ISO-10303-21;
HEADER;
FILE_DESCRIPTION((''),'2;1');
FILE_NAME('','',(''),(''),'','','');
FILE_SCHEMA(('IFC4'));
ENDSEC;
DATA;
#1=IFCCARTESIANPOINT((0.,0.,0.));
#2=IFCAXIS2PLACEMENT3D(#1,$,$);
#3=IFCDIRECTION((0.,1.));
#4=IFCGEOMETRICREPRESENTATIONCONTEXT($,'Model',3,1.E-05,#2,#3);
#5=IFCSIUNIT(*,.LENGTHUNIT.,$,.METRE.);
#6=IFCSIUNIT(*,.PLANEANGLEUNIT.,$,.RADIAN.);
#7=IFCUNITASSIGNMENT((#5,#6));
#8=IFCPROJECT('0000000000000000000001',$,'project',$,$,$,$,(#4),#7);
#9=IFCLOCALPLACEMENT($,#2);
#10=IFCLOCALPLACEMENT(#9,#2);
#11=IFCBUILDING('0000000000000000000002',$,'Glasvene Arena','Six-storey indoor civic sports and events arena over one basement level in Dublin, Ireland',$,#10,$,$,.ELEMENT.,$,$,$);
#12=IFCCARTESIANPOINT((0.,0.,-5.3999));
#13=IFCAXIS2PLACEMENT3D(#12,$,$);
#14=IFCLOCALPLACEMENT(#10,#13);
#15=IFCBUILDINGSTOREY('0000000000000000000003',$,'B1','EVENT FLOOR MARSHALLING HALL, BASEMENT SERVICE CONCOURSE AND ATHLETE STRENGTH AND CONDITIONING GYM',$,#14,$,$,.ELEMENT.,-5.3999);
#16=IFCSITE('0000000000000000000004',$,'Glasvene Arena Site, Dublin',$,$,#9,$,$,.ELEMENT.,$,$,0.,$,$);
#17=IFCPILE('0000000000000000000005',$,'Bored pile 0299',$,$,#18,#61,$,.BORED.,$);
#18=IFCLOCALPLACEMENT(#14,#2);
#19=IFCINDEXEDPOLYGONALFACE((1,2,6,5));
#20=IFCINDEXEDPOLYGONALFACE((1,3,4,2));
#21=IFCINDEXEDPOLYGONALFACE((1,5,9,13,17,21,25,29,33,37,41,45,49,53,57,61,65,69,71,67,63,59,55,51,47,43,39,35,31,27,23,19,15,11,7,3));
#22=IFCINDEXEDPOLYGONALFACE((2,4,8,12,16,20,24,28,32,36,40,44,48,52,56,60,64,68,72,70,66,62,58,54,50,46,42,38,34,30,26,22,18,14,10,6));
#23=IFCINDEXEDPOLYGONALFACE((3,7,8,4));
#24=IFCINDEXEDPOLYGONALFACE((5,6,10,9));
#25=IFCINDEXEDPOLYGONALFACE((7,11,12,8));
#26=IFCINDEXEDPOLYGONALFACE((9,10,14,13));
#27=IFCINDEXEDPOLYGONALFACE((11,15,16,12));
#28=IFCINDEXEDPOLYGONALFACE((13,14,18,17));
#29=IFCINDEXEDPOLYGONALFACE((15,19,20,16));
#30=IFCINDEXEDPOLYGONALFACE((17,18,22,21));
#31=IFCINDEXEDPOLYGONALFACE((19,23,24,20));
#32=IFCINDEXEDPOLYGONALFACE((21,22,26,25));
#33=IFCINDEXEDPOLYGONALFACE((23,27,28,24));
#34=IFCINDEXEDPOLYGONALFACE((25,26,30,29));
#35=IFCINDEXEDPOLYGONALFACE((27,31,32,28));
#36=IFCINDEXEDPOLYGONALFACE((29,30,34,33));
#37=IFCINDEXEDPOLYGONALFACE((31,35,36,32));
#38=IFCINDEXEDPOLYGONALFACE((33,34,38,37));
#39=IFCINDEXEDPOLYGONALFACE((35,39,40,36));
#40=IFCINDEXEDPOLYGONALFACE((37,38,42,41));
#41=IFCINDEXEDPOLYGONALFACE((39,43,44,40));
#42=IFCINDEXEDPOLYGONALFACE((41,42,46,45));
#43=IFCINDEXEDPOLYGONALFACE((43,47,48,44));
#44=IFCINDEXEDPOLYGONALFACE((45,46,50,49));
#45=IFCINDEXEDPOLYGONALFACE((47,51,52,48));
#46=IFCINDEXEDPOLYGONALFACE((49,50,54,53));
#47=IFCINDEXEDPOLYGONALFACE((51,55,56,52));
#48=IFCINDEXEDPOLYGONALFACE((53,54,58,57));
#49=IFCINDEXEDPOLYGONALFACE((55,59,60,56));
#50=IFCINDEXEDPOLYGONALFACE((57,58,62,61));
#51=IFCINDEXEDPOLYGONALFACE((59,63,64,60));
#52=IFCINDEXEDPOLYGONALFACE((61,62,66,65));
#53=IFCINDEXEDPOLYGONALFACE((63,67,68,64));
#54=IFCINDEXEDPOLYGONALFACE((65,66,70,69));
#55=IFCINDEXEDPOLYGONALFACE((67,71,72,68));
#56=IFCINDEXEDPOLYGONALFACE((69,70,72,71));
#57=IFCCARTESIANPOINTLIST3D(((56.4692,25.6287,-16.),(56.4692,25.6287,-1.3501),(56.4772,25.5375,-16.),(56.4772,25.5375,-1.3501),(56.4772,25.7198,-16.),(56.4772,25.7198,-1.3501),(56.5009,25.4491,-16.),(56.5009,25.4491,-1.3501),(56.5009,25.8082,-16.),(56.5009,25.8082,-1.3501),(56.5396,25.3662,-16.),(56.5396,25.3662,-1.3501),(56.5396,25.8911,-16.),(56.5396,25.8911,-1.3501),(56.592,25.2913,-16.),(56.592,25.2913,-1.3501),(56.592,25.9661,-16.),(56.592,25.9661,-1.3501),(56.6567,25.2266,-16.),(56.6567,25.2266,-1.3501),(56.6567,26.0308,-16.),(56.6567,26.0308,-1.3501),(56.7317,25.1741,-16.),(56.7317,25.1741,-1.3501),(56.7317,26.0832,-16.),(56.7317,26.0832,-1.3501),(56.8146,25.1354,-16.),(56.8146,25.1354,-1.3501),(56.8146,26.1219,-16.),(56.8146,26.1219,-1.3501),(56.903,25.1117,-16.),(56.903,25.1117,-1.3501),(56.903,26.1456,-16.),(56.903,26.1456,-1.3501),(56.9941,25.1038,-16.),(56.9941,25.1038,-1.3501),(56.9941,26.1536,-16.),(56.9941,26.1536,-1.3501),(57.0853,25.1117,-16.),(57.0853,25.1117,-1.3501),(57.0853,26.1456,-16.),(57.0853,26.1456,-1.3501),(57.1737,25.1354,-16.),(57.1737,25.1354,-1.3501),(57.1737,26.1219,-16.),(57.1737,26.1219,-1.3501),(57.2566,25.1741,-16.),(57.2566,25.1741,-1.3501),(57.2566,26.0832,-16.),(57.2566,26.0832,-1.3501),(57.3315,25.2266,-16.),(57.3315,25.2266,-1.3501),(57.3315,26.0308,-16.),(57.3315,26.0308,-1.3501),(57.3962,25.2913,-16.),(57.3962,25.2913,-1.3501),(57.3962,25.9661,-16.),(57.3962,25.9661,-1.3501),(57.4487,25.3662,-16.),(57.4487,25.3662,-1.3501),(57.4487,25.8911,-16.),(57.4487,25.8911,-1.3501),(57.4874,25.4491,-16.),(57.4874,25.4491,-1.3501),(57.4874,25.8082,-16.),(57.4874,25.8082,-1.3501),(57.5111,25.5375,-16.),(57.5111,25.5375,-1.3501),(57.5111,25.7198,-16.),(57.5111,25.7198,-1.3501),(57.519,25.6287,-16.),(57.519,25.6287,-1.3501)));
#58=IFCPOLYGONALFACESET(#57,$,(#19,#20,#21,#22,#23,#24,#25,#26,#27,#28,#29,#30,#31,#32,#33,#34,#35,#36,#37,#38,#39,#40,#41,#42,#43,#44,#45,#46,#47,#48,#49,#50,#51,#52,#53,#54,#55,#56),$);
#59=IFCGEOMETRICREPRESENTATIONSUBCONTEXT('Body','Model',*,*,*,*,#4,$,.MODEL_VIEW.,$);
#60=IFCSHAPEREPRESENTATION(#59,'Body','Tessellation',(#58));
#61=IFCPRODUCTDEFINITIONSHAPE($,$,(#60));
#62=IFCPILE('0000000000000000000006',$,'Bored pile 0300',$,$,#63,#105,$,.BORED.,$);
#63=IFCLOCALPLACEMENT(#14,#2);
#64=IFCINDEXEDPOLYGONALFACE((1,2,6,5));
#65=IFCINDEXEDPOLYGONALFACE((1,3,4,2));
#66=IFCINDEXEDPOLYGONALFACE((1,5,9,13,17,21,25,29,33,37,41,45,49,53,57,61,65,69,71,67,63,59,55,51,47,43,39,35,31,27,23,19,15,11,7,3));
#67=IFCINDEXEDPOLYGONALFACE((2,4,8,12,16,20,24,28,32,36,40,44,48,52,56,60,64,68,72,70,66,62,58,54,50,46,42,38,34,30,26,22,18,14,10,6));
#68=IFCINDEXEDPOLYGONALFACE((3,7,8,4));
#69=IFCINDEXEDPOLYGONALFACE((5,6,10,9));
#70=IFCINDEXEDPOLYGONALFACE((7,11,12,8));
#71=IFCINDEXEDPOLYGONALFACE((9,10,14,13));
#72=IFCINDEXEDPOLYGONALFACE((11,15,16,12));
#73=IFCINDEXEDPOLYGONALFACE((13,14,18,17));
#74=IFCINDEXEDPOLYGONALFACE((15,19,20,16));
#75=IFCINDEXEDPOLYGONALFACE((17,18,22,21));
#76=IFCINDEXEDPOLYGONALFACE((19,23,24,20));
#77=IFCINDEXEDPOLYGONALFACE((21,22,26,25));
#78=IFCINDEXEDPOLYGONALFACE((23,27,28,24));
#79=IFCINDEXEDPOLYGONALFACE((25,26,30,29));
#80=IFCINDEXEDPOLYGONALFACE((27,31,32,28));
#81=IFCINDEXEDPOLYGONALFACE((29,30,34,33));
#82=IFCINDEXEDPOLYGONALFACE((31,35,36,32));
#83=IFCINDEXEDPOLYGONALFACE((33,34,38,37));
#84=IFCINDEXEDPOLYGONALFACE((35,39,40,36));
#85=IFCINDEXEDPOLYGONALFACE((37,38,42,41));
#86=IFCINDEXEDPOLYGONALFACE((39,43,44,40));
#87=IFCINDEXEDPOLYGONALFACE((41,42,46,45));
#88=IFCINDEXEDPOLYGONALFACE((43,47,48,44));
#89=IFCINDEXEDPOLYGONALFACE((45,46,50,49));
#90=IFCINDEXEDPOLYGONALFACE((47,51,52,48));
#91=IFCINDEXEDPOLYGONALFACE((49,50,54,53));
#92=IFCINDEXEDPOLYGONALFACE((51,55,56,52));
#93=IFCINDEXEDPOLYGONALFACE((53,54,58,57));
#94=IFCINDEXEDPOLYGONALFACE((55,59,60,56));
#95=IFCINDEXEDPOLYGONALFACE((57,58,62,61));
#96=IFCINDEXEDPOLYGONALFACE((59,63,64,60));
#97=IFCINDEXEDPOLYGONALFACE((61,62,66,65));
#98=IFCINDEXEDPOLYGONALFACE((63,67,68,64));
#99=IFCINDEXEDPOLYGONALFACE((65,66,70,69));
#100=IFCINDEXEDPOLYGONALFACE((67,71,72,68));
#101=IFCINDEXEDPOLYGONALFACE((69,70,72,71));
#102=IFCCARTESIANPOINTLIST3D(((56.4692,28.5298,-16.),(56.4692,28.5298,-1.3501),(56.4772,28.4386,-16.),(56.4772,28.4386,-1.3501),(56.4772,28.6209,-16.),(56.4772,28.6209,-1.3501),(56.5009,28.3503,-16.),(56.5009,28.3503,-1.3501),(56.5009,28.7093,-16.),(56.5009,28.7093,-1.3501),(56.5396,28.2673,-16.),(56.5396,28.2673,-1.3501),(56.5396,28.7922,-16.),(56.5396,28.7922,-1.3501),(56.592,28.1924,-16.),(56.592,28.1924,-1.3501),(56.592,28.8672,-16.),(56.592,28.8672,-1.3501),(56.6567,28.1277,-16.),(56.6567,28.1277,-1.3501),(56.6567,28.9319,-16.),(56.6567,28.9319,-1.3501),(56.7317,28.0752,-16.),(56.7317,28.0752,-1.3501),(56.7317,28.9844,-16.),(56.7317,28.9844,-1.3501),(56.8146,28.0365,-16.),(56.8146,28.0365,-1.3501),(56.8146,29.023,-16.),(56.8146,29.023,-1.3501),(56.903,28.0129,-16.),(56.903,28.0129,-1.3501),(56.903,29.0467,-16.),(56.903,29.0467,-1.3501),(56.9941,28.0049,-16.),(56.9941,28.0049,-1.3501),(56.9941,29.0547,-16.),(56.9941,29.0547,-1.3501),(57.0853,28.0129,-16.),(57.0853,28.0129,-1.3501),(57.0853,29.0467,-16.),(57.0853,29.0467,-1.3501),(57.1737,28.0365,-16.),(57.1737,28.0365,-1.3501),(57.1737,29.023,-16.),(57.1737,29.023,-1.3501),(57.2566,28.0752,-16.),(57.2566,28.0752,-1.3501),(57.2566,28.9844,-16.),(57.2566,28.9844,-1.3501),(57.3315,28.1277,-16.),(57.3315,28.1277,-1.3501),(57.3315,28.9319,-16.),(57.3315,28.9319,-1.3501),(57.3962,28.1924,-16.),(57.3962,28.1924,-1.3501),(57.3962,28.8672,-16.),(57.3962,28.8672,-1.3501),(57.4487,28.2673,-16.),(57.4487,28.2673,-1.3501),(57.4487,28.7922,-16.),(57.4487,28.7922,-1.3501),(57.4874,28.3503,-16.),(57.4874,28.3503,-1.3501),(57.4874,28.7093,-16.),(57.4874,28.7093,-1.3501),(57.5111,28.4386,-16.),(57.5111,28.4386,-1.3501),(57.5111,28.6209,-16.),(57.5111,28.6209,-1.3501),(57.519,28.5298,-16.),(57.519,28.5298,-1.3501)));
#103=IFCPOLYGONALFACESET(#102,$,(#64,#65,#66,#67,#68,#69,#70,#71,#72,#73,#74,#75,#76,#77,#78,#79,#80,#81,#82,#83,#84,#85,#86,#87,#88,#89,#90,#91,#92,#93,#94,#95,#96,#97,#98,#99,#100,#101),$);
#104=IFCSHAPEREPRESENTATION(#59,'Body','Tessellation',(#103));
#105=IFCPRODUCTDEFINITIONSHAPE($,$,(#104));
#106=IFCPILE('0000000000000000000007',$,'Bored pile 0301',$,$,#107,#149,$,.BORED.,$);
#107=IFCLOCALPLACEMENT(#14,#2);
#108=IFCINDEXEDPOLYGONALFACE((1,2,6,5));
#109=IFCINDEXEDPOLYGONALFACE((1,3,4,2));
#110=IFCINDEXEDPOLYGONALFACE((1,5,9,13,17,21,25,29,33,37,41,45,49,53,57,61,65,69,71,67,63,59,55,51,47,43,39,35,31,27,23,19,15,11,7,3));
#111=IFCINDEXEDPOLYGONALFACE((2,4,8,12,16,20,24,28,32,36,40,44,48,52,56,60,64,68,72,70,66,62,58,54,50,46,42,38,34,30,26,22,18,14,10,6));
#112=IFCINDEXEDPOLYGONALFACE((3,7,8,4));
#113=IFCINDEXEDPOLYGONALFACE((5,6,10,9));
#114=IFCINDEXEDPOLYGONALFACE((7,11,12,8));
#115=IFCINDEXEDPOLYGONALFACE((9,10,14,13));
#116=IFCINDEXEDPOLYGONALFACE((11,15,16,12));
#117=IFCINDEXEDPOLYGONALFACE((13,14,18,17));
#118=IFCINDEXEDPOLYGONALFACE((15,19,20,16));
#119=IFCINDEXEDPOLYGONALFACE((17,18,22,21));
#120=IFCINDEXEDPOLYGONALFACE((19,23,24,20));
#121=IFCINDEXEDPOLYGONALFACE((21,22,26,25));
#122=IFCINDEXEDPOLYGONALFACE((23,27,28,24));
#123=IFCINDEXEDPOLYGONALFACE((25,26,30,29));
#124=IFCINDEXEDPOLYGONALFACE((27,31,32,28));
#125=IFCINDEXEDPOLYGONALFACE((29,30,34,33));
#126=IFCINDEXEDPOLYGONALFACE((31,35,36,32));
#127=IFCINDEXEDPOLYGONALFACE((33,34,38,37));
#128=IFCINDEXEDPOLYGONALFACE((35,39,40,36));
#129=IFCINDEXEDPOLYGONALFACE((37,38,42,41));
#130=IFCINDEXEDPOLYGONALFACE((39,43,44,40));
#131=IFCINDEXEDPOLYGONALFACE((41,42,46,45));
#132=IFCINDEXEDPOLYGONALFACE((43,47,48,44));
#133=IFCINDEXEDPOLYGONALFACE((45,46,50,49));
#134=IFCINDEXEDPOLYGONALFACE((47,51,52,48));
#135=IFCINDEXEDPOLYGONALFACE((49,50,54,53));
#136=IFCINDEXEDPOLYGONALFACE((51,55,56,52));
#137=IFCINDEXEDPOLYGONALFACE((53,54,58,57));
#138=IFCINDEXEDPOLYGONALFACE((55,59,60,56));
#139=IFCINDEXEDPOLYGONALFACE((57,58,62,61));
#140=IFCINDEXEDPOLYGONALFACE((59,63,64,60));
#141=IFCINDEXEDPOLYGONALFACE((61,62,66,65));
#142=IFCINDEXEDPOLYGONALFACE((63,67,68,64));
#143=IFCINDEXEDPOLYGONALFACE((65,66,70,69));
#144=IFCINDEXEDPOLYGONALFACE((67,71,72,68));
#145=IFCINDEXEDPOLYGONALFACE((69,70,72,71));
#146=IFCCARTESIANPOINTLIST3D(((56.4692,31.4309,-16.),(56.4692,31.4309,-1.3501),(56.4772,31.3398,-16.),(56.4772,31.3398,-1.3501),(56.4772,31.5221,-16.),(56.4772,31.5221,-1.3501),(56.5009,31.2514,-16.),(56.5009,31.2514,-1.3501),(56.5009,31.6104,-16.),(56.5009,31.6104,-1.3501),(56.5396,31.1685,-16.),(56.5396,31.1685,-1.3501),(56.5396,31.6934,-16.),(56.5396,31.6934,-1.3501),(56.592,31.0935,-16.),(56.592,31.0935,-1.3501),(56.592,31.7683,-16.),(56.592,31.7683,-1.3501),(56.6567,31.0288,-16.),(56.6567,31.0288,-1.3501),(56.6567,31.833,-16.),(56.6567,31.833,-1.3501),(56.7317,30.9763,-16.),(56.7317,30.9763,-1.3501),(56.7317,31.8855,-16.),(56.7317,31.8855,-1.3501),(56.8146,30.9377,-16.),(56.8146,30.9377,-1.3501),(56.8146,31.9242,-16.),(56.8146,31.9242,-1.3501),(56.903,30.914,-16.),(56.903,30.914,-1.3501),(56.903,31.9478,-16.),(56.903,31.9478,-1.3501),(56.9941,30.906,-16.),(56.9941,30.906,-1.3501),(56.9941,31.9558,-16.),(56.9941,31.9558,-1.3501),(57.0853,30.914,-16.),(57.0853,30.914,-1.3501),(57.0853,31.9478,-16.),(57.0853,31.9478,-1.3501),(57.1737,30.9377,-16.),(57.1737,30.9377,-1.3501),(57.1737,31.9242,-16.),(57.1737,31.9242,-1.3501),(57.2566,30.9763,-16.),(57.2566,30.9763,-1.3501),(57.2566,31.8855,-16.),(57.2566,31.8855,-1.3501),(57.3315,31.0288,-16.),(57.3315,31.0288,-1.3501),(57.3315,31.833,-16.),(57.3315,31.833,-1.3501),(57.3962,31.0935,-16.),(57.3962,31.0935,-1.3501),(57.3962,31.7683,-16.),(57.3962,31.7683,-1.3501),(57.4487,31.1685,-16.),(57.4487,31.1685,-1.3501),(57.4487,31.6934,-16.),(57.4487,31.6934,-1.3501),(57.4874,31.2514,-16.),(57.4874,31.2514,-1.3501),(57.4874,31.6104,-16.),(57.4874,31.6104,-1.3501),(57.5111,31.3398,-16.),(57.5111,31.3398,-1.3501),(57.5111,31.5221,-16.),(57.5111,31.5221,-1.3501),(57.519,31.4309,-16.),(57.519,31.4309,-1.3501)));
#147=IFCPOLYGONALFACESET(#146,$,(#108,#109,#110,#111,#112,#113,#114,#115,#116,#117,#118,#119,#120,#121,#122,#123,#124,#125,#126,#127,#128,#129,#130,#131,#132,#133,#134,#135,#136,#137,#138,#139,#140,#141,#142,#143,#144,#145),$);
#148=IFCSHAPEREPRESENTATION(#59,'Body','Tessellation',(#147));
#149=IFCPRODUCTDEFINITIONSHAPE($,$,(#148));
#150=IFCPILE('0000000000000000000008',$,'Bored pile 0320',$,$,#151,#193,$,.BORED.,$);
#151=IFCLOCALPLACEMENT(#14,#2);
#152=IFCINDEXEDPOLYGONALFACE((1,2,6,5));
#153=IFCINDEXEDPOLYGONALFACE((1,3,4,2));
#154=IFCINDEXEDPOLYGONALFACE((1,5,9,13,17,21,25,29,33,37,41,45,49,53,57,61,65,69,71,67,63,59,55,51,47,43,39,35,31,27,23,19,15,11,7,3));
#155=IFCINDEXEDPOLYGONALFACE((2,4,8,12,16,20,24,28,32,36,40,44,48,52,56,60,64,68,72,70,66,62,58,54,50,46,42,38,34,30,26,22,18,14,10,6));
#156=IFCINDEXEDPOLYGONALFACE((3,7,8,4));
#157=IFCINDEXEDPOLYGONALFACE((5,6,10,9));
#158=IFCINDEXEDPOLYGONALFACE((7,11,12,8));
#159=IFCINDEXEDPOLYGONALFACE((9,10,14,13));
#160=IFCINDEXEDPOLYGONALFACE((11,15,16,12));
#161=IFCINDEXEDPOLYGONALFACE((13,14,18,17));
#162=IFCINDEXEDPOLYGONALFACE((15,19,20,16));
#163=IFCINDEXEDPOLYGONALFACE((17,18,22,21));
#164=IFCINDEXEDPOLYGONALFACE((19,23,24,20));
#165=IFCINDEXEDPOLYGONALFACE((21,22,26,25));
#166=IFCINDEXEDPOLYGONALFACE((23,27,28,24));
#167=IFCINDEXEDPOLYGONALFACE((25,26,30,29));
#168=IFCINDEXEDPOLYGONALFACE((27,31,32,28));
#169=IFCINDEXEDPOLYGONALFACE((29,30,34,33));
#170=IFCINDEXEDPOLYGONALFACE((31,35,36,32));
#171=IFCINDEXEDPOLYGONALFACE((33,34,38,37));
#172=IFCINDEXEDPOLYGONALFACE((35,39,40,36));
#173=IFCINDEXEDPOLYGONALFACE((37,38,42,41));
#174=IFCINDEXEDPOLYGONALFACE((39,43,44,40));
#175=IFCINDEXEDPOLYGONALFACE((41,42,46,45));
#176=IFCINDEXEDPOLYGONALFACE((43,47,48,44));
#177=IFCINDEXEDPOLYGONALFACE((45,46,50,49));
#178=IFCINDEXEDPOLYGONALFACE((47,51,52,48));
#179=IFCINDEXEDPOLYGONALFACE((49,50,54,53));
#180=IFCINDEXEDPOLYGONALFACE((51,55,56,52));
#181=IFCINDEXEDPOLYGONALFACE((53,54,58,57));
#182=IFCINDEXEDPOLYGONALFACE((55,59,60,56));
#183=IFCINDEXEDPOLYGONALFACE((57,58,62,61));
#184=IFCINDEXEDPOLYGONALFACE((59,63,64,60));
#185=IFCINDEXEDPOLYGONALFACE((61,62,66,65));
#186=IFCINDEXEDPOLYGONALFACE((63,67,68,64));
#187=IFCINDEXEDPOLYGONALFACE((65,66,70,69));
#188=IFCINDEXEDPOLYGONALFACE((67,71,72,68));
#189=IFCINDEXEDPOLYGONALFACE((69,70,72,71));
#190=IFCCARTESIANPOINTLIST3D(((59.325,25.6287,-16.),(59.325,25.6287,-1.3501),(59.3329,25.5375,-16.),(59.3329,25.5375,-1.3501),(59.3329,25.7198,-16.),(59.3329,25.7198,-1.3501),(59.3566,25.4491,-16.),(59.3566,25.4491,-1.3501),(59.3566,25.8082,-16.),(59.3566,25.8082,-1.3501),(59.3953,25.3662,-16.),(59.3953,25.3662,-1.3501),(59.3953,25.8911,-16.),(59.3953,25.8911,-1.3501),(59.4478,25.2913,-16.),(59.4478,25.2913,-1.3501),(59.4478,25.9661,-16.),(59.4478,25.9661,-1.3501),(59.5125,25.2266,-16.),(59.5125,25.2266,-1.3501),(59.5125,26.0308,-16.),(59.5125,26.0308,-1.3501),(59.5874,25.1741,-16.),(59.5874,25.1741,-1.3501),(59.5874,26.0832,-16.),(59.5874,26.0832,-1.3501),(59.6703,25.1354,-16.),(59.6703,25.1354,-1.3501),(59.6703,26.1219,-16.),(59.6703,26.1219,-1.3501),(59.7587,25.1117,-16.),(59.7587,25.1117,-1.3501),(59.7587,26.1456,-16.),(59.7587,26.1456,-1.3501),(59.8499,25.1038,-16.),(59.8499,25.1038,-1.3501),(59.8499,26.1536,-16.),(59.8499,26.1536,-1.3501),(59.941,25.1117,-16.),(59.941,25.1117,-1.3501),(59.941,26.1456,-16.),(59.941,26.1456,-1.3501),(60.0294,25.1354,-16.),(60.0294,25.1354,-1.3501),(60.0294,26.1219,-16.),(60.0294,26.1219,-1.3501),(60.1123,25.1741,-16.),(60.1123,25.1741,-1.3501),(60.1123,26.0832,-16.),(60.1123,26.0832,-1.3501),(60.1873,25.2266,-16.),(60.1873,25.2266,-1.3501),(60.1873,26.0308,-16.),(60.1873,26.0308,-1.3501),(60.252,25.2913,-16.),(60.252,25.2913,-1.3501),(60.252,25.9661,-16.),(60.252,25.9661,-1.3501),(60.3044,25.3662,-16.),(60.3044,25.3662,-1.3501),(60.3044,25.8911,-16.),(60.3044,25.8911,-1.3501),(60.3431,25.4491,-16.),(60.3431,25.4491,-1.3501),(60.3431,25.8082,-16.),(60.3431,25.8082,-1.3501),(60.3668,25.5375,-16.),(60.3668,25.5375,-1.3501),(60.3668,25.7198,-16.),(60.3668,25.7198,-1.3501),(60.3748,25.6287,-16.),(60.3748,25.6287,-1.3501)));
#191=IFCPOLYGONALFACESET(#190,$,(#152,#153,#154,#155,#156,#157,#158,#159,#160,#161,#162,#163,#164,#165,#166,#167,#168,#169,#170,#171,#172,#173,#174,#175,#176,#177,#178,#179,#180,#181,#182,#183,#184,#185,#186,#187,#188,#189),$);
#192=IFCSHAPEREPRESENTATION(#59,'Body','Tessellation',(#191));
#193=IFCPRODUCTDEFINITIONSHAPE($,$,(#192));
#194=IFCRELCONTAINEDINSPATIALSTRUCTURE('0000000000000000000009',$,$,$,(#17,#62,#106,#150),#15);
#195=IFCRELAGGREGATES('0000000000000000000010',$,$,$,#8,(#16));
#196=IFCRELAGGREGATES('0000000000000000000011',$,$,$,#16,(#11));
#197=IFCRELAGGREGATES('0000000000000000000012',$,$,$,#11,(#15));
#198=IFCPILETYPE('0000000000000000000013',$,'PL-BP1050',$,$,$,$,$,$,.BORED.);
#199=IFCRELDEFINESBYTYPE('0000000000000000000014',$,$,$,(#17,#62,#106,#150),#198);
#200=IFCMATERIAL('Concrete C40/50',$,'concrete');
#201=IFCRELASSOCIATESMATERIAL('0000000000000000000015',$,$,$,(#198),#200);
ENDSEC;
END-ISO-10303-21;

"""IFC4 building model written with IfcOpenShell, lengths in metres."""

from ifc_helpers import new_model, si_unit, direction, frame, origin, origin_2d, place, context, subcontext, project, spatial, circle, extrude, material, material_profile, profile_set, type_object, element, save


model = new_model("IFC4")

# Units and contexts
model_context = context("Model", 3, precision=1e-05, world=origin(), true_north=direction((0.0, 1.0)))
body_context = subcontext(model_context, "Body", "Model", "MODEL_VIEW")
ifc_project = project(units=[si_unit("LENGTHUNIT", "METRE"), si_unit("PLANEANGLEUNIT", "RADIAN")], contexts=[model_context])

# Site, building, storey
site_placement = place(None, origin())
site = spatial("IfcSite", under=ifc_project, at=site_placement, Name="Glasvene Arena Site, Dublin", CompositionType="ELEMENT", RefElevation=0.0)
building_placement = place(site_placement, origin())
building = spatial("IfcBuilding", under=site, at=building_placement, Name="Glasvene Arena", Description="Six-storey indoor civic sports and events arena over one basement level in Dublin, Ireland", CompositionType="ELEMENT")
storey_placement = place(building_placement, frame((0.0, 0.0, -5.3999)))
storey = spatial("IfcBuildingStorey", under=building, at=storey_placement, Name="B1", Description="EVENT FLOOR MARSHALLING HALL, BASEMENT SERVICE CONCOURSE AND ATHLETE STRENGTH AND CONDITIONING GYM", CompositionType="ELEMENT", Elevation=-5.3999)

# Piles
ifc_material_1 = material(Name="Concrete C40/50", Category="concrete")
ifc_material_profile_1 = material_profile(ifc_material_1, circle(Radius=0.5249, at=origin_2d()), Name="BORED PILE 1050")
ifc_profile_set_1 = profile_set([ifc_material_profile_1], Name="Concrete C40/50")
pile_type = type_object("IfcPileType", Name="PL-BP1050", PredefinedType="BORED", material=ifc_profile_set_1)
for number, where, z_axis, x_axis, name in (
    (1, (56.9941, 25.6287, -1.3501), (0.0, 0.0, -1.0), (1.0, 0.0, 0.0), "Bored pile 0299"),
    (2, (56.9941, 28.5298, -1.3501), (0.0, 0.0, -1.0), (1.0, 0.0, 0.0), "Bored pile 0300"),
    (3, (56.9941, 31.4309, -1.3501), (0.0, 0.0, -1.0), (1.0, 0.0, 0.0), "Bored pile 0301"),
    (4, (59.8499, 25.6287, -1.3501), (0.0, 0.0, -1.0), (1.0, 0.0, 0.0), "Bored pile 0320"),
):
    element("IfcPile", number, at=place(storey_placement, frame(where, z_axis=z_axis, x_axis=x_axis)), inside=storey, type_object=pile_type, Name=name, PredefinedType="BORED", context=body_context, shape_type="SweptSolid", body=[
        extrude(circle(Radius=0.5249, at=origin_2d()), origin(), (0.0, 0.0, 1.0), 14.6499),
    ])

save(model, "model.ifc")
